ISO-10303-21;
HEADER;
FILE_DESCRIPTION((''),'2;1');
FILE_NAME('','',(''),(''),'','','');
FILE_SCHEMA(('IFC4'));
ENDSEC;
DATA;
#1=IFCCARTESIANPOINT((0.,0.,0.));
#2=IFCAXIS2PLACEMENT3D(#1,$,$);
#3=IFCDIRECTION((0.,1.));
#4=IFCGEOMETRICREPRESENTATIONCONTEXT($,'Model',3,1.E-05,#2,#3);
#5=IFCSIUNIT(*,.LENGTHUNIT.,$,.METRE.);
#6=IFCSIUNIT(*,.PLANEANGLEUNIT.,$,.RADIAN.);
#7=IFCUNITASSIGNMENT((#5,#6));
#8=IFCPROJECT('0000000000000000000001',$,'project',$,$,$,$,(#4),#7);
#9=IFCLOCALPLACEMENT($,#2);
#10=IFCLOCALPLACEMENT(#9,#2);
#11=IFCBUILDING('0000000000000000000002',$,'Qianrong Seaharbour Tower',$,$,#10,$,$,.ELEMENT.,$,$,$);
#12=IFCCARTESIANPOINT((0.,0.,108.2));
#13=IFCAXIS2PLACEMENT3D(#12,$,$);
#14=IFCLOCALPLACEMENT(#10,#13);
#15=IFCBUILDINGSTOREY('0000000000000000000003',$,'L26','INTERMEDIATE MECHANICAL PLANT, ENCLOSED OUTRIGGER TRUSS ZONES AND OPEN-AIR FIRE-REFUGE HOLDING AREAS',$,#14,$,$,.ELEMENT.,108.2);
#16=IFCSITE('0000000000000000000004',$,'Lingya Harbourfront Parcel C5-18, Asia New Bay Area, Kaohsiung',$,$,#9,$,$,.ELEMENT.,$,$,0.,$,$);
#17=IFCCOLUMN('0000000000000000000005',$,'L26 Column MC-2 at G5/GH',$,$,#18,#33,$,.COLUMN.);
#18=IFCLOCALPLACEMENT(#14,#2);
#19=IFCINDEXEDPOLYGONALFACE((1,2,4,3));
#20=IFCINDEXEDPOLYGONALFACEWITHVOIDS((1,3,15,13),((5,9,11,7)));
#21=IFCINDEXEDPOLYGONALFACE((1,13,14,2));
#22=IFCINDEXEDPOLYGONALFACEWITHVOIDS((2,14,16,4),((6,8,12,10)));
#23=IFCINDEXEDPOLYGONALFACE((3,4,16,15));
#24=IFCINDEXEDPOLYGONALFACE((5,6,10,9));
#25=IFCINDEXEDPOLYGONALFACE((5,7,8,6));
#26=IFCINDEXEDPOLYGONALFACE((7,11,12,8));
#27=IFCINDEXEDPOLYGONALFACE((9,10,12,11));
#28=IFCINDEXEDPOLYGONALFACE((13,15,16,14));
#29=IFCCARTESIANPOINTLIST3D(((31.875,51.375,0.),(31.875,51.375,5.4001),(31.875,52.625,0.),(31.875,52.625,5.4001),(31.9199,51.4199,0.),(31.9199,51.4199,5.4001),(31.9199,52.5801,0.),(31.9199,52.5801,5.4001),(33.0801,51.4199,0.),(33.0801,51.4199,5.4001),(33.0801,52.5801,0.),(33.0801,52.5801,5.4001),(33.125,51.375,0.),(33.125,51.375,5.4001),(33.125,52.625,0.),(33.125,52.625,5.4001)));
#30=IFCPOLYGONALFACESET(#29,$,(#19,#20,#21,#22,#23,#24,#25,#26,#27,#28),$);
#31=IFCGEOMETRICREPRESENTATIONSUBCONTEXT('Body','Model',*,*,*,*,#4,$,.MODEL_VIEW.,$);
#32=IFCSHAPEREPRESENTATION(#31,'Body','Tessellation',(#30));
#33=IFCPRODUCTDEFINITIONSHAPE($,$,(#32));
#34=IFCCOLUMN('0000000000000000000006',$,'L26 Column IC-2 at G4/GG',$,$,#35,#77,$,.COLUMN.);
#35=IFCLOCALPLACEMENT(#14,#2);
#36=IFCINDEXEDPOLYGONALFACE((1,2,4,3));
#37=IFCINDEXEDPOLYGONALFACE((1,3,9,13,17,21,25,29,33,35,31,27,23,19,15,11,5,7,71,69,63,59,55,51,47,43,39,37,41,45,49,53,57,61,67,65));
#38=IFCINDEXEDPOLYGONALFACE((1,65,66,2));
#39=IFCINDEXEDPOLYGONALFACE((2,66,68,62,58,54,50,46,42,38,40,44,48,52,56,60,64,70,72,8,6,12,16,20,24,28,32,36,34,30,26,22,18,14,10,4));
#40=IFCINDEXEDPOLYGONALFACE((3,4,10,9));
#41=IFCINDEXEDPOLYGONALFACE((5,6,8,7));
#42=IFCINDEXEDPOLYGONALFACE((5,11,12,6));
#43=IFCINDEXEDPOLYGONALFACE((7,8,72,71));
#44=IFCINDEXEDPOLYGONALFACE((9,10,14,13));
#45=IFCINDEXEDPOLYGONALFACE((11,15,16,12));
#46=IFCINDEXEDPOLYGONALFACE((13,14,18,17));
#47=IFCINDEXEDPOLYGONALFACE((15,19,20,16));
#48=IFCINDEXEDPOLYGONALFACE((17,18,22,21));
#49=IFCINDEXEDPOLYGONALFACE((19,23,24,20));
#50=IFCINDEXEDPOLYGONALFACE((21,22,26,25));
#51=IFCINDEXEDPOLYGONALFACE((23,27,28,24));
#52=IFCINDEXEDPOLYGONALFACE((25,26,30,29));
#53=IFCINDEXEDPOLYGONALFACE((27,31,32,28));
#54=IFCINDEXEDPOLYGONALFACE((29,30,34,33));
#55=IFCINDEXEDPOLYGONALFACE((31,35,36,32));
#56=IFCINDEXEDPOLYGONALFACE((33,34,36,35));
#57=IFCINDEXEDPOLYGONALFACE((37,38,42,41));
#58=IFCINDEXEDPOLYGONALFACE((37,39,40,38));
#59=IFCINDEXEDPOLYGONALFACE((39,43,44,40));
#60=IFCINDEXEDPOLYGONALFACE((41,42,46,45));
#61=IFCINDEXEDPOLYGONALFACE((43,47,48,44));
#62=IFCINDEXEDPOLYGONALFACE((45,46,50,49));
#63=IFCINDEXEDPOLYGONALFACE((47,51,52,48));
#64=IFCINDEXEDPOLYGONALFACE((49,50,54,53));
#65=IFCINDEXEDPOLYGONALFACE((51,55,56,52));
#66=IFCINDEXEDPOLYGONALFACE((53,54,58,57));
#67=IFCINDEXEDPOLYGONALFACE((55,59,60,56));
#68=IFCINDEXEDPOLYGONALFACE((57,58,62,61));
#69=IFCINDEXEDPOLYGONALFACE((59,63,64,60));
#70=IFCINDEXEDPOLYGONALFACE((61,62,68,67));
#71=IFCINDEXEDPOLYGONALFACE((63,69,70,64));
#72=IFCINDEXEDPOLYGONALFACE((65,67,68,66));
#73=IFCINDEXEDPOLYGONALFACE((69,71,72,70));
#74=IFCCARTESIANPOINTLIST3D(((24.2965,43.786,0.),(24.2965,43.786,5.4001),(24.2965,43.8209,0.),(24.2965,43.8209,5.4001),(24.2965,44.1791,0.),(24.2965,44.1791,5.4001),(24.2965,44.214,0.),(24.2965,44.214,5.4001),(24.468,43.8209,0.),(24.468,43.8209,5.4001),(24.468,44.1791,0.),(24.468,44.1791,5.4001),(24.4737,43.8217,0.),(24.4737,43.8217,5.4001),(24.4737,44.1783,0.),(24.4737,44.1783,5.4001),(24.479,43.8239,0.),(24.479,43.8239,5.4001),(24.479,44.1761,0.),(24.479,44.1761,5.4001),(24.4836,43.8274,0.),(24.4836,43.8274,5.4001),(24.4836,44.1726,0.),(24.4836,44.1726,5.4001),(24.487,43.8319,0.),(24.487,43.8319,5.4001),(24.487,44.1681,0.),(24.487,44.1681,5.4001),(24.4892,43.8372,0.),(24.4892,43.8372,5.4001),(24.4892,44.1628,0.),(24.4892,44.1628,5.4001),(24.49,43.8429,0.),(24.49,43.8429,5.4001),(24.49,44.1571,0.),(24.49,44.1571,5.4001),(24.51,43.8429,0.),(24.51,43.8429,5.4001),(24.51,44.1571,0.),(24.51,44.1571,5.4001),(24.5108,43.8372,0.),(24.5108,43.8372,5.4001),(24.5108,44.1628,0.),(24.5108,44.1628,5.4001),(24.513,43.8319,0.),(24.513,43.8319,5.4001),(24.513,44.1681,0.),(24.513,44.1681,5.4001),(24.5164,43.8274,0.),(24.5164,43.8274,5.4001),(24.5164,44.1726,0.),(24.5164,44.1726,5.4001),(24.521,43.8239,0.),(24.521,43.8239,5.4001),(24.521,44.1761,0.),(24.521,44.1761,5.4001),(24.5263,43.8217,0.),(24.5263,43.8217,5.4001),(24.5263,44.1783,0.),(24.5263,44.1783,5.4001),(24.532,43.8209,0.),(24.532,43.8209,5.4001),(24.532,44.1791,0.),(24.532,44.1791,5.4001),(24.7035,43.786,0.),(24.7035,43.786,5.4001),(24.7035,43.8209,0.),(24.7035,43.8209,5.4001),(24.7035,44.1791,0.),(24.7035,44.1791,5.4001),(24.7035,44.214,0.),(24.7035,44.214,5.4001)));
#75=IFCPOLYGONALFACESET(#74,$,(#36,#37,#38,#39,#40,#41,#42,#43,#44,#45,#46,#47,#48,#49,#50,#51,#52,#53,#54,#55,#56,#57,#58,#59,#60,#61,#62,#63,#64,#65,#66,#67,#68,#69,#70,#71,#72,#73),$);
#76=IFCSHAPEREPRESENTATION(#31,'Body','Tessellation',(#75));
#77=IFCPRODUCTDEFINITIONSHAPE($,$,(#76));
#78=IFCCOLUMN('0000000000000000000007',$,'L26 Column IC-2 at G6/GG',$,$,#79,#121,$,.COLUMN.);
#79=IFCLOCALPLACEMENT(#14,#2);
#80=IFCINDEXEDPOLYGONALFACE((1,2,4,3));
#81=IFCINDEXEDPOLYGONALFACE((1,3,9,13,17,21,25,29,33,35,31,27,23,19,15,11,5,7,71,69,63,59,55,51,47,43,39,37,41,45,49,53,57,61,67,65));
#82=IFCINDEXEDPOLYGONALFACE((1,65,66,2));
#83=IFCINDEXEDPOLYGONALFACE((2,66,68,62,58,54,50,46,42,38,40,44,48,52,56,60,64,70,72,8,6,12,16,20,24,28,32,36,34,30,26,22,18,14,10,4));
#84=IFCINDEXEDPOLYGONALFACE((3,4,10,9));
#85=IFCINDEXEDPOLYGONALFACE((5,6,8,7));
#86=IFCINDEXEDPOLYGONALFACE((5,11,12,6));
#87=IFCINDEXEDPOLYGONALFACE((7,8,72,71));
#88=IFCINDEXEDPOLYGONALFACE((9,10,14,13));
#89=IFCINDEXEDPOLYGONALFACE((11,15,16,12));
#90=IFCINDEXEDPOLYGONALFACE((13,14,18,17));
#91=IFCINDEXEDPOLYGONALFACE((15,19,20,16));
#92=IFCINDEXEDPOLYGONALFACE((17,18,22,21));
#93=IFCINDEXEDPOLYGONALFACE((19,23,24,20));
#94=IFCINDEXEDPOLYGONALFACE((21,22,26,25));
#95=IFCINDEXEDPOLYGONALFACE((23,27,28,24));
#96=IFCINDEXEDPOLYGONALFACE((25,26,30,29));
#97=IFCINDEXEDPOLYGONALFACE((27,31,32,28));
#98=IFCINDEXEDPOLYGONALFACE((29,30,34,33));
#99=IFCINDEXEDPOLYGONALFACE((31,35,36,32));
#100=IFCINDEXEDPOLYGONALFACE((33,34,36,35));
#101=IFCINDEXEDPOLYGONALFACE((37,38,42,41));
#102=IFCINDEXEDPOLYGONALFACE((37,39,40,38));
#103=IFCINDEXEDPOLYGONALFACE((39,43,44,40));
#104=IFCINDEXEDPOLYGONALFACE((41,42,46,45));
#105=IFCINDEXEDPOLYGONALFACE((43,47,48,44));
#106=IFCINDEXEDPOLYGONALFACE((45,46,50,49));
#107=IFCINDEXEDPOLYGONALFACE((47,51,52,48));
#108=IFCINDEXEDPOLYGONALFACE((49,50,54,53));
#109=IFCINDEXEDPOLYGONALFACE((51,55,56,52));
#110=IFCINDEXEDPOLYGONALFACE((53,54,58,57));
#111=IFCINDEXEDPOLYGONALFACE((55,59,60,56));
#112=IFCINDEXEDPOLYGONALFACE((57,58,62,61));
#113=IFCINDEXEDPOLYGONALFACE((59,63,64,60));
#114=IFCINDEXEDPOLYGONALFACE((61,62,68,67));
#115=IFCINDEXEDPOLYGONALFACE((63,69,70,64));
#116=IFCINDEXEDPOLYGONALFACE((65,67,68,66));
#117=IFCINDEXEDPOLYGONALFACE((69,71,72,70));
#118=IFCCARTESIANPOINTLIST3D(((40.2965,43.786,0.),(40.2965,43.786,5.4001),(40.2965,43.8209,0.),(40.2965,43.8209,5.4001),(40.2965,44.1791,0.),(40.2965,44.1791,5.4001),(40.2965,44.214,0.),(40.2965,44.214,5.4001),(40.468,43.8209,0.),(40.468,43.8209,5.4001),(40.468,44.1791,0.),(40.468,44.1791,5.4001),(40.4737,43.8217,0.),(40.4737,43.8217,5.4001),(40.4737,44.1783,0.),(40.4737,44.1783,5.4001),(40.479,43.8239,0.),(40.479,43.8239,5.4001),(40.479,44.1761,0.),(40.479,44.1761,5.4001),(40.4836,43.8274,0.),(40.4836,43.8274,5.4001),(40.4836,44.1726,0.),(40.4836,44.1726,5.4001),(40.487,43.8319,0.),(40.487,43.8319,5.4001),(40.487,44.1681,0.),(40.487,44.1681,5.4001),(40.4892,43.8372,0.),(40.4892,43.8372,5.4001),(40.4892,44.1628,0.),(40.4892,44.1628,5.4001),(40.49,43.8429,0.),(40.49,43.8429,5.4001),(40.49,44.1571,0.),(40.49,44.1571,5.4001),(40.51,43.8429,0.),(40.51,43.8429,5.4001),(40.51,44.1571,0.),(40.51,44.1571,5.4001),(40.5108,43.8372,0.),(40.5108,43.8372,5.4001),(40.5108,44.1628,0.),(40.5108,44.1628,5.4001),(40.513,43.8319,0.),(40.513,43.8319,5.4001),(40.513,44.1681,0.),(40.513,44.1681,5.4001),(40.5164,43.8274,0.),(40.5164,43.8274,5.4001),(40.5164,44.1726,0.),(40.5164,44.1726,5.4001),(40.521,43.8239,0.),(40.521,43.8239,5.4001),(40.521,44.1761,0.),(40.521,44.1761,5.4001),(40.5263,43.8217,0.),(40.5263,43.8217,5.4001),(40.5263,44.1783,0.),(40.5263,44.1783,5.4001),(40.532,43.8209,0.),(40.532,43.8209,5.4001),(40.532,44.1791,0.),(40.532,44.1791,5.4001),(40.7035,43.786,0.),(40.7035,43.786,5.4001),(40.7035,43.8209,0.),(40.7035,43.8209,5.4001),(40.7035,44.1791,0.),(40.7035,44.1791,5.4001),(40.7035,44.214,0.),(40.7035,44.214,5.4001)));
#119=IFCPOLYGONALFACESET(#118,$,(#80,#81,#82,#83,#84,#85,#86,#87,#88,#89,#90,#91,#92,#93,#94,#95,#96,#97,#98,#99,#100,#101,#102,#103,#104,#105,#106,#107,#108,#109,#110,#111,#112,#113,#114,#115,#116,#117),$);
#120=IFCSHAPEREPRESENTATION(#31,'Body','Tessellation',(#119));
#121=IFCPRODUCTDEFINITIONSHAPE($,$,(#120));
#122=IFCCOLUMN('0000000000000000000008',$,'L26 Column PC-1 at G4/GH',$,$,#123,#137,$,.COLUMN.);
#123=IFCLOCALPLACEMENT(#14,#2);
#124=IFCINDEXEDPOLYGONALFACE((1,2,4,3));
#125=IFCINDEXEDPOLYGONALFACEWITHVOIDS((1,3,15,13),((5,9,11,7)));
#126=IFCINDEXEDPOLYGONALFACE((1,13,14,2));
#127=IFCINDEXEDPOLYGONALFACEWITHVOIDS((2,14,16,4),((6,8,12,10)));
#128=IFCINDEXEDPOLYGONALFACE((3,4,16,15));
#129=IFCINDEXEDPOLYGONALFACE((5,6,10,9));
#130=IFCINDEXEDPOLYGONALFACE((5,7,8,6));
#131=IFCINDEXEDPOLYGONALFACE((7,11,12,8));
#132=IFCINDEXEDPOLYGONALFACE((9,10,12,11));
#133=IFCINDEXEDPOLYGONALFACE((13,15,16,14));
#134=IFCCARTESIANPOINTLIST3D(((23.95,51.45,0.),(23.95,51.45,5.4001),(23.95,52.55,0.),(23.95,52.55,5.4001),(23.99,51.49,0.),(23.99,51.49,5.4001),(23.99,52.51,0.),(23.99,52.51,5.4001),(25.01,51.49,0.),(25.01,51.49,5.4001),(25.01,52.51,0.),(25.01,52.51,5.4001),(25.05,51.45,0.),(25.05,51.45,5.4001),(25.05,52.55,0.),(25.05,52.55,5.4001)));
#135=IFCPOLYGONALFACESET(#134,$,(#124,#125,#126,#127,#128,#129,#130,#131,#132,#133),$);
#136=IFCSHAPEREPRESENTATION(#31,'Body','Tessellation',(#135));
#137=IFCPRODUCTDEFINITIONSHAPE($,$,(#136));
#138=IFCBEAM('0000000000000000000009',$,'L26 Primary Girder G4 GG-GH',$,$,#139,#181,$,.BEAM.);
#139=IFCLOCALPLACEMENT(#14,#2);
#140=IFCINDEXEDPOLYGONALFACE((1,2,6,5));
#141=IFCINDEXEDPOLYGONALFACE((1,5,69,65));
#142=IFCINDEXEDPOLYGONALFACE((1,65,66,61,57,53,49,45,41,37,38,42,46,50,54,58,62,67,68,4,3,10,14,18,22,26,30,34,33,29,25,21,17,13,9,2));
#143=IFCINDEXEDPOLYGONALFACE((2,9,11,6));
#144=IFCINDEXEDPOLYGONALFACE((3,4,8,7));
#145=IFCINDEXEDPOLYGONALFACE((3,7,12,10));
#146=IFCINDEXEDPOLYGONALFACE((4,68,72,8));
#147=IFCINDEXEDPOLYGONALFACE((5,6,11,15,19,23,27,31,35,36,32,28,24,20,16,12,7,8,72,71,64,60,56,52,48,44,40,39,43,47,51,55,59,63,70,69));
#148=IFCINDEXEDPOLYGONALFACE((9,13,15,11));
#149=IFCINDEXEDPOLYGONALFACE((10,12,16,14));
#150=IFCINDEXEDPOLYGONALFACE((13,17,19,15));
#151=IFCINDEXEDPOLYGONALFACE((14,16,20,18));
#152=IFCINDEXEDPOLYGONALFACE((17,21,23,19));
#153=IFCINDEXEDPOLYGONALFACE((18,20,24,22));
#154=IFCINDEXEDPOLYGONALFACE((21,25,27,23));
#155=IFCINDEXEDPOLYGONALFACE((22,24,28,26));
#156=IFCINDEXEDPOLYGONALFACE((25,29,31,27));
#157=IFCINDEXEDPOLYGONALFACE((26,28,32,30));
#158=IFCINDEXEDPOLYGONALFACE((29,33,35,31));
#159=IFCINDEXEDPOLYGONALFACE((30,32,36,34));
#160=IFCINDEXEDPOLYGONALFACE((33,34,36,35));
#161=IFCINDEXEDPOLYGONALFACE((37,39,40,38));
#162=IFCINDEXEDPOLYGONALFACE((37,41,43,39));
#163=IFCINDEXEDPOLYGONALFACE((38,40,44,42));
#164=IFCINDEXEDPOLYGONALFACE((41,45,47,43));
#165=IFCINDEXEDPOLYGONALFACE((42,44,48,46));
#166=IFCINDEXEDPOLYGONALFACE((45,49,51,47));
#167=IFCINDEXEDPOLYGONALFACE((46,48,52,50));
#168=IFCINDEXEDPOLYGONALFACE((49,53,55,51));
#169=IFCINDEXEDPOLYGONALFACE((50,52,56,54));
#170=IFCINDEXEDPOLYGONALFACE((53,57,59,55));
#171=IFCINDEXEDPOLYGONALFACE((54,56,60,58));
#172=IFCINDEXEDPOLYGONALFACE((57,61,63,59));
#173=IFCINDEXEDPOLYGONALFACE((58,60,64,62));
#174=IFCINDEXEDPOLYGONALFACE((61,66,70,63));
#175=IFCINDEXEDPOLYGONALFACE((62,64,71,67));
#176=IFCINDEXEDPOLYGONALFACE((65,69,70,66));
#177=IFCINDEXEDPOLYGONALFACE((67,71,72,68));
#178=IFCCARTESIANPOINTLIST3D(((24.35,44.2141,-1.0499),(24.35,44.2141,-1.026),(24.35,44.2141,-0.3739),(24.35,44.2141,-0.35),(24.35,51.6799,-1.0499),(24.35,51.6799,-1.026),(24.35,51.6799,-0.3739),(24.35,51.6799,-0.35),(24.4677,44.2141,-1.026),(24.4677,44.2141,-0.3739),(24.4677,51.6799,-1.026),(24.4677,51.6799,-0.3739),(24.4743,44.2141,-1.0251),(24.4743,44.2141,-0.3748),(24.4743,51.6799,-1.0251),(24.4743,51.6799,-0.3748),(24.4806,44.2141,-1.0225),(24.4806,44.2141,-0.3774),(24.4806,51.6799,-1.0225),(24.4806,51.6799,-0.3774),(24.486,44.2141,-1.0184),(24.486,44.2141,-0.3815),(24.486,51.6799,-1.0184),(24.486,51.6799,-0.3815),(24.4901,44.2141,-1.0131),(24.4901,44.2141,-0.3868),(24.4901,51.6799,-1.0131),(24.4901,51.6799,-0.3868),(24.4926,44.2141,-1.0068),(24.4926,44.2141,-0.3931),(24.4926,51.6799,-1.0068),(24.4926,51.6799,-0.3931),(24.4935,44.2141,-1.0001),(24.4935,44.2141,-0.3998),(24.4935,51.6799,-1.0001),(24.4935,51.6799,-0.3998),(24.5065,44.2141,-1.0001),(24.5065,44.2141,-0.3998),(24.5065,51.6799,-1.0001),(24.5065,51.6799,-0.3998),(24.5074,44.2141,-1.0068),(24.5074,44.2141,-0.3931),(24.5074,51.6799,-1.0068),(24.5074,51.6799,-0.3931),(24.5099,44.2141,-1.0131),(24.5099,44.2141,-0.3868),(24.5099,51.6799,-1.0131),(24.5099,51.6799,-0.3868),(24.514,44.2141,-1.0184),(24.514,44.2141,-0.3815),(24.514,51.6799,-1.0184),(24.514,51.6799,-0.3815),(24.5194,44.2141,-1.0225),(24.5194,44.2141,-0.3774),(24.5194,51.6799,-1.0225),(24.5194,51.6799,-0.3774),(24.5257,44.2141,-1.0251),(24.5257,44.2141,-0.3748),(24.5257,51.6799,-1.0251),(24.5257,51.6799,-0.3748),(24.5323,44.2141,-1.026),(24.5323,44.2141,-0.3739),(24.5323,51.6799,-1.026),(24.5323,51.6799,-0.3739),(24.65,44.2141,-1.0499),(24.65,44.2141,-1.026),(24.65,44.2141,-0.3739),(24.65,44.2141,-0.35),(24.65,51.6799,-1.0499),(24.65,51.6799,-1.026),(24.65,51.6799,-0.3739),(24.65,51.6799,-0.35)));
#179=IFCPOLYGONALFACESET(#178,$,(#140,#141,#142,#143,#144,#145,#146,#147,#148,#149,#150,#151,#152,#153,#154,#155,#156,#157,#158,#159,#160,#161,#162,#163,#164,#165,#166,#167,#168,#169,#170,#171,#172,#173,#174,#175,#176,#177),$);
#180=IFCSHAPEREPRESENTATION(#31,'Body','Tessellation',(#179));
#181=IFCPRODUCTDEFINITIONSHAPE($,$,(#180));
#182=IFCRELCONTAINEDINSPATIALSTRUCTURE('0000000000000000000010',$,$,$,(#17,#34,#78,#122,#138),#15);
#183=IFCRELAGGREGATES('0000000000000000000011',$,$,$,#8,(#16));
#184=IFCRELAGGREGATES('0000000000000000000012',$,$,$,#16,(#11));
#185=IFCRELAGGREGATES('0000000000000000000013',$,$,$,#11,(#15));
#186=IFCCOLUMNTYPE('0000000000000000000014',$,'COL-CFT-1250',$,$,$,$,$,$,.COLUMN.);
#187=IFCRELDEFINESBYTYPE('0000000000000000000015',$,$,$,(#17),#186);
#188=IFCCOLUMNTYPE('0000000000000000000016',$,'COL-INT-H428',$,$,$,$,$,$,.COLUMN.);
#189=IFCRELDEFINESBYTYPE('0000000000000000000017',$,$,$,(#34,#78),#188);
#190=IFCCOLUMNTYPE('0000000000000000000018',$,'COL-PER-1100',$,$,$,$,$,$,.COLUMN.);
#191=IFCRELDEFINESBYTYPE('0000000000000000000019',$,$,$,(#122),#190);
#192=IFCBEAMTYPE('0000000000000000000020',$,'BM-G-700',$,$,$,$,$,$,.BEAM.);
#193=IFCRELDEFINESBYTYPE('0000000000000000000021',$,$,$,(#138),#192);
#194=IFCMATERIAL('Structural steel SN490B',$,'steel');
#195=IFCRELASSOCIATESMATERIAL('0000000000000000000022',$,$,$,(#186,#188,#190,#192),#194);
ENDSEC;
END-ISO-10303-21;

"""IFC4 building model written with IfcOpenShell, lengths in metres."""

from ifc_helpers import new_model, si_unit, direction, frame, origin, origin_2d, place, context, subcontext, project, spatial, hollow_rectangle, i_section, extrude, material, material_profile, profile_set, type_object, element, save


model = new_model("IFC4")

# Units and contexts
model_context = context("Model", 3, precision=1e-05, world=origin(), true_north=direction((0.0, 1.0)))
body_context = subcontext(model_context, "Body", "Model", "MODEL_VIEW")
ifc_project = project(units=[si_unit("LENGTHUNIT", "METRE"), si_unit("PLANEANGLEUNIT", "RADIAN")], contexts=[model_context])

# Site, building, storey
site_placement = place(None, origin())
site = spatial("IfcSite", under=ifc_project, at=site_placement, Name="Lingya Harbourfront Parcel C5-18, Asia New Bay Area, Kaohsiung", CompositionType="ELEMENT", RefElevation=0.0)
building_placement = place(site_placement, origin())
building = spatial("IfcBuilding", under=site, at=building_placement, Name="Qianrong Seaharbour Tower", CompositionType="ELEMENT")
storey_placement = place(building_placement, frame((0.0, 0.0, 108.2)))
storey = spatial("IfcBuildingStorey", under=building, at=storey_placement, Name="L26", Description="INTERMEDIATE MECHANICAL PLANT, ENCLOSED OUTRIGGER TRUSS ZONES AND OPEN-AIR FIRE-REFUGE HOLDING AREAS", CompositionType="ELEMENT", Elevation=108.2)

# Columns
ifc_material_1 = material(Name="Structural steel SN490B", Category="steel")
ifc_material_profile_1 = material_profile(ifc_material_1, hollow_rectangle(XDim=1.25, YDim=1.25, WallThickness=0.0449, at=origin_2d()), Name="BOX1250x1250x45")
ifc_profile_set_1 = profile_set([ifc_material_profile_1], Name="Structural steel SN490B")
column_type_1 = type_object("IfcColumnType", Name="COL-CFT-1250", PredefinedType="COLUMN", material=ifc_profile_set_1)
column_1_placement = place(storey_placement, frame((32.5, 52.0, 0.0), z_axis=(0.0, 0.0, 1.0), x_axis=(1.0, 0.0, 0.0)))
element("IfcColumn", 1, at=column_1_placement, inside=storey, type_object=column_type_1, Name="L26 Column MC-2 at G5/GH", PredefinedType="COLUMN", context=body_context, shape_type="SweptSolid", body=[
    extrude(hollow_rectangle(XDim=1.25, YDim=1.25, WallThickness=0.0449, at=origin_2d()), origin(), (0.0, 0.0, 1.0), 5.4001),
])
ifc_material_profile_2 = material_profile(ifc_material_1, i_section(OverallWidth=0.407, OverallDepth=0.428, WebThickness=0.02, FlangeThickness=0.0349, FilletRadius=0.022, at=origin_2d()), Name="H428x407x20x35")
ifc_profile_set_2 = profile_set([ifc_material_profile_2], Name="Structural steel SN490B")
column_type_2 = type_object("IfcColumnType", Name="COL-INT-H428", PredefinedType="COLUMN", material=ifc_profile_set_2)
for number, where, z_axis, x_axis, name in (
    (2, (24.5, 44.0, 0.0), (0.0, 0.0, 1.0), (1.0, 0.0, 0.0), "L26 Column IC-2 at G4/GG"),
    (3, (40.5, 44.0, 0.0), (0.0, 0.0, 1.0), (1.0, 0.0, 0.0), "L26 Column IC-2 at G6/GG"),
):
    element("IfcColumn", number, at=place(storey_placement, frame(where, z_axis=z_axis, x_axis=x_axis)), inside=storey, type_object=column_type_2, Name=name, PredefinedType="COLUMN", context=body_context, shape_type="SweptSolid", body=[
        extrude(i_section(OverallWidth=0.407, OverallDepth=0.428, WebThickness=0.02, FlangeThickness=0.0349, FilletRadius=0.022, at=origin_2d()), origin(), (0.0, 0.0, 1.0), 5.4001),
    ])
ifc_material_profile_3 = material_profile(ifc_material_1, hollow_rectangle(XDim=1.1001, YDim=1.1001, WallThickness=0.04, at=origin_2d()), Name="BOX1100x1100x40")
ifc_profile_set_3 = profile_set([ifc_material_profile_3], Name="Structural steel SN490B")
column_type_3 = type_object("IfcColumnType", Name="COL-PER-1100", PredefinedType="COLUMN", material=ifc_profile_set_3)
column_2_placement = place(storey_placement, frame((24.5, 52.0, 0.0), z_axis=(0.0, 0.0, 1.0), x_axis=(1.0, 0.0, 0.0)))
element("IfcColumn", 4, at=column_2_placement, inside=storey, type_object=column_type_3, Name="L26 Column PC-1 at G4/GH", PredefinedType="COLUMN", context=body_context, shape_type="SweptSolid", body=[
    extrude(hollow_rectangle(XDim=1.1001, YDim=1.1001, WallThickness=0.04, at=origin_2d()), origin(), (0.0, 0.0, 1.0), 5.4001),
])

# Beam
ifc_material_profile_4 = material_profile(ifc_material_1, i_section(OverallWidth=0.3, OverallDepth=0.7, WebThickness=0.0129, FlangeThickness=0.0239, FilletRadius=0.0259, at=origin_2d()), Name="H700x300x13x24")
ifc_profile_set_4 = profile_set([ifc_material_profile_4], Name="Structural steel SN490B")
beam_type_1 = type_object("IfcBeamType", Name="BM-G-700", PredefinedType="BEAM", material=ifc_profile_set_4)
beam_placement = place(storey_placement, frame((24.5, 44.2141, -0.7), z_axis=(0.0, 1.0, 0.0), x_axis=(-1.0, 0.0, 0.0)))
element("IfcBeam", 5, at=beam_placement, inside=storey, type_object=beam_type_1, Name="L26 Primary Girder G4 GG-GH", PredefinedType="BEAM", context=body_context, shape_type="SweptSolid", body=[
    extrude(i_section(OverallWidth=0.3, OverallDepth=0.7, WebThickness=0.0129, FlangeThickness=0.0239, FilletRadius=0.0259, at=origin_2d()), origin(), (0.0, 0.0, 1.0), 7.4658),
])

save(model, "model.ifc")
